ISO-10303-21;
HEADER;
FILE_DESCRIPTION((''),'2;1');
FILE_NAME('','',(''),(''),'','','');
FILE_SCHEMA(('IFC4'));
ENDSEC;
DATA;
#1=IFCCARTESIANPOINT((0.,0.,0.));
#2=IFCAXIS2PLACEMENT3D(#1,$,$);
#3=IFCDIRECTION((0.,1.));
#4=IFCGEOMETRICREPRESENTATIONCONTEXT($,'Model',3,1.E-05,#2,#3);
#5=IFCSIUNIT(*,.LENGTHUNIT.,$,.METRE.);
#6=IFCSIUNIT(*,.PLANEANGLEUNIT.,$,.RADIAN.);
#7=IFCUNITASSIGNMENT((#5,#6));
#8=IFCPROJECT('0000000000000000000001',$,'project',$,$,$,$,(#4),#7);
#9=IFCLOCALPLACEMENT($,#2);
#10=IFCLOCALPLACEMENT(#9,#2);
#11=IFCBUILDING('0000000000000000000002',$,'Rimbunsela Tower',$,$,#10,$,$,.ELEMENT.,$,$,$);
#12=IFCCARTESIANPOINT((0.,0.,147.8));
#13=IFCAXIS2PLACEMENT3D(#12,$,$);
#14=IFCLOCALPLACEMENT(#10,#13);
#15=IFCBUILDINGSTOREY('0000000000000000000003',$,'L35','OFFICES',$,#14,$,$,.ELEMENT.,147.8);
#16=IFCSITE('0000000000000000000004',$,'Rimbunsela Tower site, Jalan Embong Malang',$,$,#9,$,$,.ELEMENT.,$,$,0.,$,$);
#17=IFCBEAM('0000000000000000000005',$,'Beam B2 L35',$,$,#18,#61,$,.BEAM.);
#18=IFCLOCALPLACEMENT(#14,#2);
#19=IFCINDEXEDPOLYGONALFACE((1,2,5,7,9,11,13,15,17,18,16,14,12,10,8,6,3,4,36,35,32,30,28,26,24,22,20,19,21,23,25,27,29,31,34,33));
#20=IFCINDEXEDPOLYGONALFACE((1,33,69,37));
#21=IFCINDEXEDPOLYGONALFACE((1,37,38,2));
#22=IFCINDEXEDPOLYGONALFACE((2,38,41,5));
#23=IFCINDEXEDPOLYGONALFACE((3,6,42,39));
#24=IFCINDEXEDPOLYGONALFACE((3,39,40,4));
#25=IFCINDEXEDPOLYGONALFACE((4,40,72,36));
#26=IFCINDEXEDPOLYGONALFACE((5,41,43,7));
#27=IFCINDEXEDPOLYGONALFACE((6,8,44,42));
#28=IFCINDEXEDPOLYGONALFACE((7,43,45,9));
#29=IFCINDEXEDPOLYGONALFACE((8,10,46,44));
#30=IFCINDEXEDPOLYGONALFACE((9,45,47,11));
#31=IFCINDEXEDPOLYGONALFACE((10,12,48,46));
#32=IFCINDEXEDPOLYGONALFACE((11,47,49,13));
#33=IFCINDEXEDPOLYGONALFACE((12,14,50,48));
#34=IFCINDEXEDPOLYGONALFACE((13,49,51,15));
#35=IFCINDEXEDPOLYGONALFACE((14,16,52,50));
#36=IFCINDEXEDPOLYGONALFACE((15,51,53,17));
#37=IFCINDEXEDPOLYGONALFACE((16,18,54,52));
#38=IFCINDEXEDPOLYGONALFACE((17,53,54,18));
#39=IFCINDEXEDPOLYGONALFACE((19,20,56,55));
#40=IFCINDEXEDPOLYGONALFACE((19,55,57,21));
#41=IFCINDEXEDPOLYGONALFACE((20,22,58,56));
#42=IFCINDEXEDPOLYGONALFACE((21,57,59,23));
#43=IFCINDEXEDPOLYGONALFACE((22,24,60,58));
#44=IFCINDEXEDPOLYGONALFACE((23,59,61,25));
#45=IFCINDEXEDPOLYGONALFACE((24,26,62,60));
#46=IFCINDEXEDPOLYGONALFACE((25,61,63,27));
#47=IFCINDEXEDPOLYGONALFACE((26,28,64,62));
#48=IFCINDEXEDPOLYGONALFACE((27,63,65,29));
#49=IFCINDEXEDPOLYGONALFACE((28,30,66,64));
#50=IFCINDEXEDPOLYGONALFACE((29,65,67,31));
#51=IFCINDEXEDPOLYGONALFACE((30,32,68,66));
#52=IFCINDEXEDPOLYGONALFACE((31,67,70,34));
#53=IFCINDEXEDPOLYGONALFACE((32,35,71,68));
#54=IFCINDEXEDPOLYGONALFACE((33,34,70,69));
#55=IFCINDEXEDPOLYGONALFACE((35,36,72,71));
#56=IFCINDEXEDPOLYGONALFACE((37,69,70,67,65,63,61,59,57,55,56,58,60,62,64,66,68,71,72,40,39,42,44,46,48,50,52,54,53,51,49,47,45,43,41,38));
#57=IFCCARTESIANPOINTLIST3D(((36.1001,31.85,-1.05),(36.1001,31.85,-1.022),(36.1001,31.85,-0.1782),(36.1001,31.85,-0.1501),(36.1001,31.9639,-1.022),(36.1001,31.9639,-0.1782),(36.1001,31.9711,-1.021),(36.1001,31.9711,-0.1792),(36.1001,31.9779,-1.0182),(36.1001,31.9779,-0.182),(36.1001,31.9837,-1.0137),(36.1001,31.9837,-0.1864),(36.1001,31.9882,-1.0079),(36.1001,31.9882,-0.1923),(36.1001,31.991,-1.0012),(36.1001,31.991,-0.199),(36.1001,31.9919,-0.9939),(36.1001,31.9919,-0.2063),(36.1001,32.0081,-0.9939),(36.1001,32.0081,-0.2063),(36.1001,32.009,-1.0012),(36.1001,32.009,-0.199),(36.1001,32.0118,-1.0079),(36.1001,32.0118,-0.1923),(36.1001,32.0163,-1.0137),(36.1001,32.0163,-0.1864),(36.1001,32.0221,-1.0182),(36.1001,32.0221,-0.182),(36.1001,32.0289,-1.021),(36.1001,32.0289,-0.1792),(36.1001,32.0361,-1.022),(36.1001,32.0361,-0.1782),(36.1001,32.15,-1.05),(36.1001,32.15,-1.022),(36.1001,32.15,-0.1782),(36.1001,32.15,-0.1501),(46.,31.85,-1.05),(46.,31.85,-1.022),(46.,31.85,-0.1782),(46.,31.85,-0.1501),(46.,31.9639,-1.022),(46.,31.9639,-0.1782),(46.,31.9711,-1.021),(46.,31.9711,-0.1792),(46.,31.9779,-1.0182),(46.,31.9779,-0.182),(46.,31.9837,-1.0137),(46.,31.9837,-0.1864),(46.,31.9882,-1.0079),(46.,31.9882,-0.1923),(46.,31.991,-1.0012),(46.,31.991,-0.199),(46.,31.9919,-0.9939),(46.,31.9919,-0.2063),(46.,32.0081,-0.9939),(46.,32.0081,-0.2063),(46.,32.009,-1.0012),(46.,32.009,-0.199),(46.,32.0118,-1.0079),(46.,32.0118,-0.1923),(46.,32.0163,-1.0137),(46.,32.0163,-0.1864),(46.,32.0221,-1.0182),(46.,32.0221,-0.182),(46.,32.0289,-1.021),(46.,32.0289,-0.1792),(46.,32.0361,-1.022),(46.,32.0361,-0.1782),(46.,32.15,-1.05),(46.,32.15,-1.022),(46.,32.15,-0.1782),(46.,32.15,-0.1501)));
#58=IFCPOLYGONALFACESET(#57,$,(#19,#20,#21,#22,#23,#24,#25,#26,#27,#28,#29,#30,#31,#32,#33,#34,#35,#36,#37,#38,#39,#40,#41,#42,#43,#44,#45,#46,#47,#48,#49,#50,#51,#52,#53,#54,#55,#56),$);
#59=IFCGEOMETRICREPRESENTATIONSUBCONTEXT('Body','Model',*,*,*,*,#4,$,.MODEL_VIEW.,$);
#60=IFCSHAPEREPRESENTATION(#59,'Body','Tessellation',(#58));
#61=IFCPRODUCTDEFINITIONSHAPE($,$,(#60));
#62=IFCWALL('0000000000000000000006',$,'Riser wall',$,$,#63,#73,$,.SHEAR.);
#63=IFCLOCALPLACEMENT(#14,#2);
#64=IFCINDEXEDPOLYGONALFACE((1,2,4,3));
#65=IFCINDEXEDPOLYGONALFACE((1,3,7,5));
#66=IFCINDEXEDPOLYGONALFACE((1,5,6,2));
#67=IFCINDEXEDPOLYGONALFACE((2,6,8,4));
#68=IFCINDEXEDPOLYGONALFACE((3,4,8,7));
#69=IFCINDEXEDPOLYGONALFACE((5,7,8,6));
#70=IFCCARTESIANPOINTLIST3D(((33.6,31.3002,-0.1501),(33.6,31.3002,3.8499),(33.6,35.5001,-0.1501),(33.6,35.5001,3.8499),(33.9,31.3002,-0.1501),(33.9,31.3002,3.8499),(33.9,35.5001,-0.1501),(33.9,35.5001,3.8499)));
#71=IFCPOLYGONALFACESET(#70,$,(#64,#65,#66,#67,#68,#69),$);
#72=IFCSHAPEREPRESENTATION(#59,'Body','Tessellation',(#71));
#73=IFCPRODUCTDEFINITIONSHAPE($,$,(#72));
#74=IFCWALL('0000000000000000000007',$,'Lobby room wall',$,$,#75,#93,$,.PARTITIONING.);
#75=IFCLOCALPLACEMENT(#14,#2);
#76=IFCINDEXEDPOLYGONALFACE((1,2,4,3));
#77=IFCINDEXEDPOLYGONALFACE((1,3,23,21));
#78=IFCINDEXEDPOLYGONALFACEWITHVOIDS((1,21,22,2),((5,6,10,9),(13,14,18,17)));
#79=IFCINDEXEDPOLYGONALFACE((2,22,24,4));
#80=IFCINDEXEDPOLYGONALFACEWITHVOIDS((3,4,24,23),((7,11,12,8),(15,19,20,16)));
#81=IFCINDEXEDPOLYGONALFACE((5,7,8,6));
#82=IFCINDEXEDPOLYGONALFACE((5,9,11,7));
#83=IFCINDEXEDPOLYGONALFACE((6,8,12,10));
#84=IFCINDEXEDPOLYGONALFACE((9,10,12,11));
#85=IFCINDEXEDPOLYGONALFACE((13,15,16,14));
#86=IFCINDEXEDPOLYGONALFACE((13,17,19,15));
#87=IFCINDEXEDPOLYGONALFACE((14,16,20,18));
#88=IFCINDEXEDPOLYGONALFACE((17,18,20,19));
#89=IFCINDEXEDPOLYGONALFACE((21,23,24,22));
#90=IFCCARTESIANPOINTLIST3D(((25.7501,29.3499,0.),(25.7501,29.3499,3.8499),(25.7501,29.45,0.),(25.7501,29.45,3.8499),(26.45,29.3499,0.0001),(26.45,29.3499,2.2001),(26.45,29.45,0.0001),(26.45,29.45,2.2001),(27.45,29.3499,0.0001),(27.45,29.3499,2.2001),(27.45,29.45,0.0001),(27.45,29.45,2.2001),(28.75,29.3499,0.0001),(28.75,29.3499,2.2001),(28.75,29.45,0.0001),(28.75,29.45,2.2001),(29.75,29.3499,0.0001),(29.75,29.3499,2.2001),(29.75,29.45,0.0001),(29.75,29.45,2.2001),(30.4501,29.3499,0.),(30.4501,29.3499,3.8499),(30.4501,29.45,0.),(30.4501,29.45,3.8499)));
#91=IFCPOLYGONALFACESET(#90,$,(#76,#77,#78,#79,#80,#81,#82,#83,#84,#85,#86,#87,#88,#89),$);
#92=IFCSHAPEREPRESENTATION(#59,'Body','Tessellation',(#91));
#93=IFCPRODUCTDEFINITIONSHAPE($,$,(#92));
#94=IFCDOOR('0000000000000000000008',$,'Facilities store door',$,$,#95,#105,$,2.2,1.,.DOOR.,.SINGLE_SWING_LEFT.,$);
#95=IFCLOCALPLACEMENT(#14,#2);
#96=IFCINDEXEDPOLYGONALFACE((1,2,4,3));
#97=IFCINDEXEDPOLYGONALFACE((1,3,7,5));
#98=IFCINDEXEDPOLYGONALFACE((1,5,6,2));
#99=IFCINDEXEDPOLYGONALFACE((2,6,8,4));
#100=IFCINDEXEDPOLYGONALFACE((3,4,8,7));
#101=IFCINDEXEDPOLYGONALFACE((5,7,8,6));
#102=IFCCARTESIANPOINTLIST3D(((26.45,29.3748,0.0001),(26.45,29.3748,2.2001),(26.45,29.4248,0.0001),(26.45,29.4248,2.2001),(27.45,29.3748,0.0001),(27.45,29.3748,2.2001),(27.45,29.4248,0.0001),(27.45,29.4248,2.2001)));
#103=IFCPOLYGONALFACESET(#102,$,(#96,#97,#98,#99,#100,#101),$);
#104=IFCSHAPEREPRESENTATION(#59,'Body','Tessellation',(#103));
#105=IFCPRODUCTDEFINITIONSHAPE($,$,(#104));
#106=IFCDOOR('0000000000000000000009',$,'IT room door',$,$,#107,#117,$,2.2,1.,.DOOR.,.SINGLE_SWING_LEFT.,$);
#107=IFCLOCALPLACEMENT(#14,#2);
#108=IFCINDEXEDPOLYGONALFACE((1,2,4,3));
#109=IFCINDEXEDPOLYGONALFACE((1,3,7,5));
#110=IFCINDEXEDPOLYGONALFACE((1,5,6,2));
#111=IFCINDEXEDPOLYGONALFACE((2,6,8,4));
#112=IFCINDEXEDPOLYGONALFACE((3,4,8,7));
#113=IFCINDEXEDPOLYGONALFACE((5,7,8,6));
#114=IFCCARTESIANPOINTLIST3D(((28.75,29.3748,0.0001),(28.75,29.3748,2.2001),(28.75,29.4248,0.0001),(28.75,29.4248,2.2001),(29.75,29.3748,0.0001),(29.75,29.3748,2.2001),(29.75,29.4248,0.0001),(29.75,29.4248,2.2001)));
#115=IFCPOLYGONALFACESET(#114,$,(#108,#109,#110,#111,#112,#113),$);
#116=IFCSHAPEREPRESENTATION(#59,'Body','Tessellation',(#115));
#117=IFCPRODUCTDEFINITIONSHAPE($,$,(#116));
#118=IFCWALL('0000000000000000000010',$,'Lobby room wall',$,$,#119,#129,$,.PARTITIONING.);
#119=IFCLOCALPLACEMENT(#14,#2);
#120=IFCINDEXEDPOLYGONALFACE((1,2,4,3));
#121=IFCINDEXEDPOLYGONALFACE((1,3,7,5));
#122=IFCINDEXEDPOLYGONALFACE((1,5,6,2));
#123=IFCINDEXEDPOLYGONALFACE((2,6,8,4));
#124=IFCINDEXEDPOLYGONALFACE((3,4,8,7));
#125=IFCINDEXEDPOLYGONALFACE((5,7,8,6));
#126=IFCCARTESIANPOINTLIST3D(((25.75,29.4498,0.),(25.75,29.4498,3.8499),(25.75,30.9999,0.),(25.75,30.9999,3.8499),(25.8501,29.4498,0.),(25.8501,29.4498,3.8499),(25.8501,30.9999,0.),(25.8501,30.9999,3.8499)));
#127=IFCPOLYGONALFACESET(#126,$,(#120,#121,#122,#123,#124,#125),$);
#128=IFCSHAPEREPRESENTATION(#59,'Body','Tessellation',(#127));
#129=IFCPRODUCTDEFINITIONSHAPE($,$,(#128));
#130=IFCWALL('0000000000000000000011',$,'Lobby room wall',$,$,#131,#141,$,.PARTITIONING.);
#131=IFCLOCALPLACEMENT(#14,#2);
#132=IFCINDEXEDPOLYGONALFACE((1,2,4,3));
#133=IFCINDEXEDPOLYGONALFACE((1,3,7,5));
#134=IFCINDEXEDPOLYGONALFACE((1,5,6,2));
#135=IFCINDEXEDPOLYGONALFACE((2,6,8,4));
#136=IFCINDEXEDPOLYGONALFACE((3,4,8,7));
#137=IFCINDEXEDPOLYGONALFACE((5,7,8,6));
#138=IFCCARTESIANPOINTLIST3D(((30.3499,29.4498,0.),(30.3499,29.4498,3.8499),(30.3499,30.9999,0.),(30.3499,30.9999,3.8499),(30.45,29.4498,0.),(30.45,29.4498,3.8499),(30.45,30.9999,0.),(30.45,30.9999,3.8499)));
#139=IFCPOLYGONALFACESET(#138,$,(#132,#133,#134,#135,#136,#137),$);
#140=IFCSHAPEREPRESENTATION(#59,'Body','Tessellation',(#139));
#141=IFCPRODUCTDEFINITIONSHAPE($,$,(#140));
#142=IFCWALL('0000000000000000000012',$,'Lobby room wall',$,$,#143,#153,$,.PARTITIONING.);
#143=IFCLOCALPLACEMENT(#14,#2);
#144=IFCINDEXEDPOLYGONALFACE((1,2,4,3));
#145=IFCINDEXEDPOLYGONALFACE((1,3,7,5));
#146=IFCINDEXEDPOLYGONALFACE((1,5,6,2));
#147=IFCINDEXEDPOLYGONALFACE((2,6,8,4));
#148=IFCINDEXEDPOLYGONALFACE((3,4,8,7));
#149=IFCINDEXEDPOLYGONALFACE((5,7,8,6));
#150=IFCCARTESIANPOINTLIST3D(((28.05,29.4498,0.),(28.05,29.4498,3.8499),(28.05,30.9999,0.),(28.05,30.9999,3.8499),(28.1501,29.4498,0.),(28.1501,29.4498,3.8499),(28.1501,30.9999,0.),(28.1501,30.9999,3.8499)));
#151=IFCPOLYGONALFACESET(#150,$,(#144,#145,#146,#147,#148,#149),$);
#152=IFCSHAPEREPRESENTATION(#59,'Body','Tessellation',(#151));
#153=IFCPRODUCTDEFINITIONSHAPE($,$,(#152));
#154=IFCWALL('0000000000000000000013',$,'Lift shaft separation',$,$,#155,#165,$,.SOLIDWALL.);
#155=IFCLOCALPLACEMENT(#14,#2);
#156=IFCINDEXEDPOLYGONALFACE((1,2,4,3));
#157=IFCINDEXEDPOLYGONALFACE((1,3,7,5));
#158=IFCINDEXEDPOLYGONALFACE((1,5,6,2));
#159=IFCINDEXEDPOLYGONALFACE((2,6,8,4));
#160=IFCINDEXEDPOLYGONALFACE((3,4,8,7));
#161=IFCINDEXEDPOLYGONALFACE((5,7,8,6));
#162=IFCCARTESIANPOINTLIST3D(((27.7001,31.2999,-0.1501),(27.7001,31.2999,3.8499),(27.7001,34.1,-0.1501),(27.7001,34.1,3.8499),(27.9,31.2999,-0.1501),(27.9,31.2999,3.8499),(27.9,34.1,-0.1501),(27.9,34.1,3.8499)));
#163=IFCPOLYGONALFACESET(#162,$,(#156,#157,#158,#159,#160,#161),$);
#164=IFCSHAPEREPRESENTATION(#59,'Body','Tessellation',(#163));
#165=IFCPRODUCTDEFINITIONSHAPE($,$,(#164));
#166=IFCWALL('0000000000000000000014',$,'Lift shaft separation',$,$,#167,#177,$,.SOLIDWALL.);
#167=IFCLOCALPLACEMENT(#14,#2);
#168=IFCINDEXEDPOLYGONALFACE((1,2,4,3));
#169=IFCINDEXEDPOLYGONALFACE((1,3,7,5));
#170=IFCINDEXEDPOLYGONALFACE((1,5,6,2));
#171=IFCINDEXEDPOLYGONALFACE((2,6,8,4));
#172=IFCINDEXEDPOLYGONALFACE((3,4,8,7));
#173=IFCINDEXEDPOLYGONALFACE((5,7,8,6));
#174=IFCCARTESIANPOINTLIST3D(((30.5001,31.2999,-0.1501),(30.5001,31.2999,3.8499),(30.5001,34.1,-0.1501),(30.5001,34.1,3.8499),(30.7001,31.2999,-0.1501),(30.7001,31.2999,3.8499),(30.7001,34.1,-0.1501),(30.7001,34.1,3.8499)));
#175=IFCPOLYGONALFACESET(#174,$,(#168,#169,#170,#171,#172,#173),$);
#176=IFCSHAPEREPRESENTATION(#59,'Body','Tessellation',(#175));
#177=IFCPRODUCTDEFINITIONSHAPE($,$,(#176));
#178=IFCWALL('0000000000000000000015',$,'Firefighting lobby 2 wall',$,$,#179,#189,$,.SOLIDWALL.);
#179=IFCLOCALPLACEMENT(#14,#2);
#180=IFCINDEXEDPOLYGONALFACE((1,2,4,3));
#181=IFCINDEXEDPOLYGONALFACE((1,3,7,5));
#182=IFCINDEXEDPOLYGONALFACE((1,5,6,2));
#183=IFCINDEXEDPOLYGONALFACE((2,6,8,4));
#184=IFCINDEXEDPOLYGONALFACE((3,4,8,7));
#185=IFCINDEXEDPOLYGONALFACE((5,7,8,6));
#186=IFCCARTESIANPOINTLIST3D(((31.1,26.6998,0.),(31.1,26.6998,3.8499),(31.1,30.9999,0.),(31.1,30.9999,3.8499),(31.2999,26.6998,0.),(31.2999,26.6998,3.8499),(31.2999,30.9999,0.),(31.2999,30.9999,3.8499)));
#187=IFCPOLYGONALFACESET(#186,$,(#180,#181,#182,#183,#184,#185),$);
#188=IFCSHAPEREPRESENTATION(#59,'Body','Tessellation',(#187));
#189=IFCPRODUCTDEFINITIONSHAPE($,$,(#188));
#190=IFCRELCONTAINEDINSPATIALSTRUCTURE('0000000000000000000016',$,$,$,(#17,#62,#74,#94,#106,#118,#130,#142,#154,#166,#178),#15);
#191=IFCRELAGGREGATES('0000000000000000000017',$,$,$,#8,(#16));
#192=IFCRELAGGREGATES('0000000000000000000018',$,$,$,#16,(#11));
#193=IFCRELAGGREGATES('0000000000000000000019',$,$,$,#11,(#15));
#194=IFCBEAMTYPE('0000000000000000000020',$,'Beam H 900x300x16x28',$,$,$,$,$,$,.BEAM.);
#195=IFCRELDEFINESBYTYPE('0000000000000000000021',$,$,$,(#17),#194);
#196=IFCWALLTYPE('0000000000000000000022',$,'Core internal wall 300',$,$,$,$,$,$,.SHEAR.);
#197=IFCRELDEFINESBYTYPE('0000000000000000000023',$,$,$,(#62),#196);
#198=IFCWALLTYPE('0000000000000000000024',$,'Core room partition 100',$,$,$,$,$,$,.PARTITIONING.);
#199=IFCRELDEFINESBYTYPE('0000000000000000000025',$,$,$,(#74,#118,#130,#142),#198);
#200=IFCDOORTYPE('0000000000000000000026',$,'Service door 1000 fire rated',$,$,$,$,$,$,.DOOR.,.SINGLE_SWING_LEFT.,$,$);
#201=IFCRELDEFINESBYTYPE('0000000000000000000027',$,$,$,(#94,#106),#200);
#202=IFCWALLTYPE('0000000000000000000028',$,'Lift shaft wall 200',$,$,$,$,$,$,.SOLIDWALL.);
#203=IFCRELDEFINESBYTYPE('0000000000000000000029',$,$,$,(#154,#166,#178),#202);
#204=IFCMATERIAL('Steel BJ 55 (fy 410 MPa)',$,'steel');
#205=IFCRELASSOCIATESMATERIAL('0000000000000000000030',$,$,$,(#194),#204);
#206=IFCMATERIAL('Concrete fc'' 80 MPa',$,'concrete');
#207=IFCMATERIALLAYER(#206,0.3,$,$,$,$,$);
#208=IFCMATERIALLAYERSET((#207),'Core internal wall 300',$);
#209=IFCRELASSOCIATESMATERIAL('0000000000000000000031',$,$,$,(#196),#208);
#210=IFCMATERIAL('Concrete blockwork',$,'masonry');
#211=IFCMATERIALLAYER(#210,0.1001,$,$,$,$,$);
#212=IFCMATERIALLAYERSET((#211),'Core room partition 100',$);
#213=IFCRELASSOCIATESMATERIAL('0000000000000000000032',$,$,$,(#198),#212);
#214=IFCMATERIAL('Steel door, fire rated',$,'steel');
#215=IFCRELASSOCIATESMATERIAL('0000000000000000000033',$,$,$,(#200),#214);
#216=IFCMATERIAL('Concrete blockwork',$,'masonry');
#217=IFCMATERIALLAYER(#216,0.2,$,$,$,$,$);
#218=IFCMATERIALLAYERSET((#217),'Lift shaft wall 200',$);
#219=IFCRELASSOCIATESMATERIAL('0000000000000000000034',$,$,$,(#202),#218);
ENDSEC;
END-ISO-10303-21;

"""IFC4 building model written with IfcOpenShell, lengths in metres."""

from ifc_helpers import new_model, si_unit, direction, frame, frame_2d, origin, origin_2d, place, context, subcontext, project, spatial, rectangle, i_section, extrude, material, layer, layer_set, material_profile, profile_set, type_object, element, fill, save


model = new_model("IFC4")

# Units and contexts
model_context = context("Model", 3, precision=1e-05, world=origin(), true_north=direction((0.0, 1.0)))
body_context = subcontext(model_context, "Body", "Model", "MODEL_VIEW")
ifc_project = project(units=[si_unit("LENGTHUNIT", "METRE"), si_unit("PLANEANGLEUNIT", "RADIAN")], contexts=[model_context])

# Site, building, storey
site_placement = place(None, origin())
site = spatial("IfcSite", under=ifc_project, at=site_placement, Name="Rimbunsela Tower site, Jalan Embong Malang", CompositionType="ELEMENT", RefElevation=0.0)
building_placement = place(site_placement, origin())
building = spatial("IfcBuilding", under=site, at=building_placement, Name="Rimbunsela Tower", CompositionType="ELEMENT")
storey_placement = place(building_placement, frame((0.0, 0.0, 147.8)))
storey = spatial("IfcBuildingStorey", under=building, at=storey_placement, Name="L35", Description="OFFICES", CompositionType="ELEMENT", Elevation=147.8)

# Beam
ifc_material_1 = material(Name="Steel BJ 55 (fy 410 MPa)", Category="steel")
ifc_material_profile_1 = material_profile(ifc_material_1, i_section(OverallWidth=0.3, OverallDepth=0.8999, WebThickness=0.0161, FlangeThickness=0.0281, FilletRadius=0.0281, at=origin_2d()), Name="H 900x300x16x28")
ifc_profile_set_1 = profile_set([ifc_material_profile_1], Name="Steel BJ 55 (fy 410 MPa)")
beam_type_1 = type_object("IfcBeamType", Name="Beam H 900x300x16x28", PredefinedType="BEAM", material=ifc_profile_set_1)
for number, where, z_axis, x_axis, name in (
    (1, (36.1001, 32.0, -0.6001), (1.0, 0.0, 0.0), (0.0, 1.0, 0.0), "Beam B2 L35"),
):
    element("IfcBeam", number, at=place(storey_placement, frame(where, z_axis=z_axis, x_axis=x_axis)), inside=storey, type_object=beam_type_1, Name=name, PredefinedType="BEAM", context=body_context, shape_type="SweptSolid", body=[
        extrude(i_section(OverallWidth=0.3, OverallDepth=0.8999, WebThickness=0.0161, FlangeThickness=0.0281, FilletRadius=0.0281, at=origin_2d()), origin(), (0.0, 0.0, 1.0), 9.8999),
    ])

# Wall
ifc_material_2 = material(Name="Concrete fc' 80 MPa", Category="concrete")
ifc_layer_1 = layer(ifc_material_2, 0.3)
ifc_layer_set_1 = layer_set([ifc_layer_1], Name="Core internal wall 300")
wall_type_1 = type_object("IfcWallType", Name="Core internal wall 300", PredefinedType="SHEAR", material=ifc_layer_set_1)
wall_1_placement = place(storey_placement, frame((33.75, 31.3, -0.1501), z_axis=(0.0, 0.0, 1.0), x_axis=(0.0, 1.0, 0.0)))
element("IfcWall", 2, at=wall_1_placement, inside=storey, type_object=wall_type_1, Name="Riser wall", PredefinedType="SHEAR", context=body_context, shape_type="SweptSolid", body=[
    extrude(rectangle(XDim=4.2, YDim=0.3, at=frame_2d((2.1001, 0.0))), origin(), (0.0, 0.0, 1.0), 4.0),
])

# Wall, openings, doors
ifc_material_3 = material(Name="Concrete blockwork", Category="masonry")
ifc_layer_2 = layer(ifc_material_3, 0.1001)
ifc_layer_set_2 = layer_set([ifc_layer_2], Name="Core room partition 100")
wall_type_2 = type_object("IfcWallType", Name="Core room partition 100", PredefinedType="PARTITIONING", material=ifc_layer_set_2)
wall_2_placement = place(storey_placement, frame((25.75, 29.3999, 0.0), z_axis=(0.0, 0.0, 1.0), x_axis=(1.0, 0.0, 0.0)))
wall_2 = element("IfcWall", 3, at=wall_2_placement, inside=storey, type_object=wall_type_2, Name="Lobby room wall", PredefinedType="PARTITIONING", context=body_context, shape_type="SweptSolid", body=[
    extrude(rectangle(XDim=4.7, YDim=0.1001, at=frame_2d((2.3501, 0.0))), origin(), (0.0, 0.0, 1.0), 3.8499),
])
opening_1_placement = place(wall_2_placement, frame((0.7, 0.0, 0.0)))
opening_1 = element("IfcOpeningElement", 4, at=opening_1_placement, cuts=wall_2, PredefinedType="OPENING", context=body_context, shape_type="SweptSolid", body=[
    extrude(rectangle(XDim=1.0, YDim=2.2, at=frame_2d((0.5, 1.1001))), frame((0.0, 0.0601, 0.0), z_axis=(0.0, -1.0, 0.0), x_axis=(1.0, 0.0, 0.0)), (0.0, 0.0, 1.0), 0.1201),
])
opening_2_placement = place(wall_2_placement, frame((3.0, 0.0, 0.0)))
opening_2 = element("IfcOpeningElement", 5, at=opening_2_placement, cuts=wall_2, PredefinedType="OPENING", context=body_context, shape_type="SweptSolid", body=[
    extrude(rectangle(XDim=1.0, YDim=2.2, at=frame_2d((0.5, 1.1001))), frame((0.0, 0.0601, 0.0), z_axis=(0.0, -1.0, 0.0), x_axis=(1.0, 0.0, 0.0)), (0.0, 0.0, 1.0), 0.1201),
])
ifc_material_4 = material(Name="Steel door, fire rated", Category="steel")
door_type = type_object("IfcDoorType", Name="Service door 1000 fire rated", OperationType="SINGLE_SWING_LEFT", PredefinedType="DOOR", material=ifc_material_4)
door_1_placement = place(opening_1_placement, origin())
door_1 = element("IfcDoor", 6, at=door_1_placement, inside=storey, type_object=door_type, Name="Facilities store door", OperationType="SINGLE_SWING_LEFT", OverallHeight=2.2, OverallWidth=1.0, PredefinedType="DOOR", context=body_context, shape_type="SweptSolid", body=[
    extrude(rectangle(XDim=1.0, YDim=2.2, at=frame_2d((0.5, 1.1001))), frame((0.0, 0.0249, 0.0), z_axis=(0.0, -1.0, 0.0), x_axis=(1.0, 0.0, 0.0)), (0.0, 0.0, 1.0), 0.05),
])
fill(opening_1, door_1)
door_2_placement = place(opening_2_placement, origin())
door_2 = element("IfcDoor", 7, at=door_2_placement, inside=storey, type_object=door_type, Name="IT room door", OperationType="SINGLE_SWING_LEFT", OverallHeight=2.2, OverallWidth=1.0, PredefinedType="DOOR", context=body_context, shape_type="SweptSolid", body=[
    extrude(rectangle(XDim=1.0, YDim=2.2, at=frame_2d((0.5, 1.1001))), frame((0.0, 0.0249, 0.0), z_axis=(0.0, -1.0, 0.0), x_axis=(1.0, 0.0, 0.0)), (0.0, 0.0, 1.0), 0.05),
])
fill(opening_2, door_2)

# Walls
for number, where, z_axis, x_axis, name in (
    (8, (25.8, 29.45, 0.0), (0.0, 0.0, 1.0), (0.0, 1.0, 0.0), "Lobby room wall"),
    (9, (30.3999, 29.45, 0.0), (0.0, 0.0, 1.0), (0.0, 1.0, 0.0), "Lobby room wall"),
    (10, (28.1001, 29.45, 0.0), (0.0, 0.0, 1.0), (0.0, 1.0, 0.0), "Lobby room wall"),
):
    element("IfcWall", number, at=place(storey_placement, frame(where, z_axis=z_axis, x_axis=x_axis)), inside=storey, type_object=wall_type_2, Name=name, PredefinedType="PARTITIONING", context=body_context, shape_type="SweptSolid", body=[
        extrude(rectangle(XDim=1.55, YDim=0.1001, at=frame_2d((0.7749, 0.0))), origin(), (0.0, 0.0, 1.0), 3.8499),
    ])
ifc_material_5 = material(Name="Concrete blockwork", Category="masonry")
ifc_layer_3 = layer(ifc_material_5, 0.2)
ifc_layer_set_3 = layer_set([ifc_layer_3], Name="Lift shaft wall 200")
wall_type_3 = type_object("IfcWallType", Name="Lift shaft wall 200", PredefinedType="SOLIDWALL", material=ifc_layer_set_3)
for number, where, z_axis, x_axis, name in (
    (11, (27.8, 31.3, -0.1501), (0.0, 0.0, 1.0), (0.0, 1.0, 0.0), "Lift shaft separation"),
    (12, (30.6001, 31.3, -0.1501), (0.0, 0.0, 1.0), (0.0, 1.0, 0.0), "Lift shaft separation"),
):
    element("IfcWall", number, at=place(storey_placement, frame(where, z_axis=z_axis, x_axis=x_axis)), inside=storey, type_object=wall_type_3, Name=name, PredefinedType="SOLIDWALL", context=body_context, shape_type="SweptSolid", body=[
        extrude(rectangle(XDim=2.8, YDim=0.2, at=frame_2d((1.3999, 0.0))), origin(), (0.0, 0.0, 1.0), 4.0),
    ])
wall_3_placement = place(storey_placement, frame((31.2, 26.7, 0.0), z_axis=(0.0, 0.0, 1.0), x_axis=(0.0, 1.0, 0.0)))
element("IfcWall", 13, at=wall_3_placement, inside=storey, type_object=wall_type_3, Name="Firefighting lobby 2 wall", PredefinedType="SOLIDWALL", context=body_context, shape_type="SweptSolid", body=[
    extrude(rectangle(XDim=4.3, YDim=0.2, at=frame_2d((2.1499, 0.0))), origin(), (0.0, 0.0, 1.0), 3.8499),
])

save(model, "model.ifc")
